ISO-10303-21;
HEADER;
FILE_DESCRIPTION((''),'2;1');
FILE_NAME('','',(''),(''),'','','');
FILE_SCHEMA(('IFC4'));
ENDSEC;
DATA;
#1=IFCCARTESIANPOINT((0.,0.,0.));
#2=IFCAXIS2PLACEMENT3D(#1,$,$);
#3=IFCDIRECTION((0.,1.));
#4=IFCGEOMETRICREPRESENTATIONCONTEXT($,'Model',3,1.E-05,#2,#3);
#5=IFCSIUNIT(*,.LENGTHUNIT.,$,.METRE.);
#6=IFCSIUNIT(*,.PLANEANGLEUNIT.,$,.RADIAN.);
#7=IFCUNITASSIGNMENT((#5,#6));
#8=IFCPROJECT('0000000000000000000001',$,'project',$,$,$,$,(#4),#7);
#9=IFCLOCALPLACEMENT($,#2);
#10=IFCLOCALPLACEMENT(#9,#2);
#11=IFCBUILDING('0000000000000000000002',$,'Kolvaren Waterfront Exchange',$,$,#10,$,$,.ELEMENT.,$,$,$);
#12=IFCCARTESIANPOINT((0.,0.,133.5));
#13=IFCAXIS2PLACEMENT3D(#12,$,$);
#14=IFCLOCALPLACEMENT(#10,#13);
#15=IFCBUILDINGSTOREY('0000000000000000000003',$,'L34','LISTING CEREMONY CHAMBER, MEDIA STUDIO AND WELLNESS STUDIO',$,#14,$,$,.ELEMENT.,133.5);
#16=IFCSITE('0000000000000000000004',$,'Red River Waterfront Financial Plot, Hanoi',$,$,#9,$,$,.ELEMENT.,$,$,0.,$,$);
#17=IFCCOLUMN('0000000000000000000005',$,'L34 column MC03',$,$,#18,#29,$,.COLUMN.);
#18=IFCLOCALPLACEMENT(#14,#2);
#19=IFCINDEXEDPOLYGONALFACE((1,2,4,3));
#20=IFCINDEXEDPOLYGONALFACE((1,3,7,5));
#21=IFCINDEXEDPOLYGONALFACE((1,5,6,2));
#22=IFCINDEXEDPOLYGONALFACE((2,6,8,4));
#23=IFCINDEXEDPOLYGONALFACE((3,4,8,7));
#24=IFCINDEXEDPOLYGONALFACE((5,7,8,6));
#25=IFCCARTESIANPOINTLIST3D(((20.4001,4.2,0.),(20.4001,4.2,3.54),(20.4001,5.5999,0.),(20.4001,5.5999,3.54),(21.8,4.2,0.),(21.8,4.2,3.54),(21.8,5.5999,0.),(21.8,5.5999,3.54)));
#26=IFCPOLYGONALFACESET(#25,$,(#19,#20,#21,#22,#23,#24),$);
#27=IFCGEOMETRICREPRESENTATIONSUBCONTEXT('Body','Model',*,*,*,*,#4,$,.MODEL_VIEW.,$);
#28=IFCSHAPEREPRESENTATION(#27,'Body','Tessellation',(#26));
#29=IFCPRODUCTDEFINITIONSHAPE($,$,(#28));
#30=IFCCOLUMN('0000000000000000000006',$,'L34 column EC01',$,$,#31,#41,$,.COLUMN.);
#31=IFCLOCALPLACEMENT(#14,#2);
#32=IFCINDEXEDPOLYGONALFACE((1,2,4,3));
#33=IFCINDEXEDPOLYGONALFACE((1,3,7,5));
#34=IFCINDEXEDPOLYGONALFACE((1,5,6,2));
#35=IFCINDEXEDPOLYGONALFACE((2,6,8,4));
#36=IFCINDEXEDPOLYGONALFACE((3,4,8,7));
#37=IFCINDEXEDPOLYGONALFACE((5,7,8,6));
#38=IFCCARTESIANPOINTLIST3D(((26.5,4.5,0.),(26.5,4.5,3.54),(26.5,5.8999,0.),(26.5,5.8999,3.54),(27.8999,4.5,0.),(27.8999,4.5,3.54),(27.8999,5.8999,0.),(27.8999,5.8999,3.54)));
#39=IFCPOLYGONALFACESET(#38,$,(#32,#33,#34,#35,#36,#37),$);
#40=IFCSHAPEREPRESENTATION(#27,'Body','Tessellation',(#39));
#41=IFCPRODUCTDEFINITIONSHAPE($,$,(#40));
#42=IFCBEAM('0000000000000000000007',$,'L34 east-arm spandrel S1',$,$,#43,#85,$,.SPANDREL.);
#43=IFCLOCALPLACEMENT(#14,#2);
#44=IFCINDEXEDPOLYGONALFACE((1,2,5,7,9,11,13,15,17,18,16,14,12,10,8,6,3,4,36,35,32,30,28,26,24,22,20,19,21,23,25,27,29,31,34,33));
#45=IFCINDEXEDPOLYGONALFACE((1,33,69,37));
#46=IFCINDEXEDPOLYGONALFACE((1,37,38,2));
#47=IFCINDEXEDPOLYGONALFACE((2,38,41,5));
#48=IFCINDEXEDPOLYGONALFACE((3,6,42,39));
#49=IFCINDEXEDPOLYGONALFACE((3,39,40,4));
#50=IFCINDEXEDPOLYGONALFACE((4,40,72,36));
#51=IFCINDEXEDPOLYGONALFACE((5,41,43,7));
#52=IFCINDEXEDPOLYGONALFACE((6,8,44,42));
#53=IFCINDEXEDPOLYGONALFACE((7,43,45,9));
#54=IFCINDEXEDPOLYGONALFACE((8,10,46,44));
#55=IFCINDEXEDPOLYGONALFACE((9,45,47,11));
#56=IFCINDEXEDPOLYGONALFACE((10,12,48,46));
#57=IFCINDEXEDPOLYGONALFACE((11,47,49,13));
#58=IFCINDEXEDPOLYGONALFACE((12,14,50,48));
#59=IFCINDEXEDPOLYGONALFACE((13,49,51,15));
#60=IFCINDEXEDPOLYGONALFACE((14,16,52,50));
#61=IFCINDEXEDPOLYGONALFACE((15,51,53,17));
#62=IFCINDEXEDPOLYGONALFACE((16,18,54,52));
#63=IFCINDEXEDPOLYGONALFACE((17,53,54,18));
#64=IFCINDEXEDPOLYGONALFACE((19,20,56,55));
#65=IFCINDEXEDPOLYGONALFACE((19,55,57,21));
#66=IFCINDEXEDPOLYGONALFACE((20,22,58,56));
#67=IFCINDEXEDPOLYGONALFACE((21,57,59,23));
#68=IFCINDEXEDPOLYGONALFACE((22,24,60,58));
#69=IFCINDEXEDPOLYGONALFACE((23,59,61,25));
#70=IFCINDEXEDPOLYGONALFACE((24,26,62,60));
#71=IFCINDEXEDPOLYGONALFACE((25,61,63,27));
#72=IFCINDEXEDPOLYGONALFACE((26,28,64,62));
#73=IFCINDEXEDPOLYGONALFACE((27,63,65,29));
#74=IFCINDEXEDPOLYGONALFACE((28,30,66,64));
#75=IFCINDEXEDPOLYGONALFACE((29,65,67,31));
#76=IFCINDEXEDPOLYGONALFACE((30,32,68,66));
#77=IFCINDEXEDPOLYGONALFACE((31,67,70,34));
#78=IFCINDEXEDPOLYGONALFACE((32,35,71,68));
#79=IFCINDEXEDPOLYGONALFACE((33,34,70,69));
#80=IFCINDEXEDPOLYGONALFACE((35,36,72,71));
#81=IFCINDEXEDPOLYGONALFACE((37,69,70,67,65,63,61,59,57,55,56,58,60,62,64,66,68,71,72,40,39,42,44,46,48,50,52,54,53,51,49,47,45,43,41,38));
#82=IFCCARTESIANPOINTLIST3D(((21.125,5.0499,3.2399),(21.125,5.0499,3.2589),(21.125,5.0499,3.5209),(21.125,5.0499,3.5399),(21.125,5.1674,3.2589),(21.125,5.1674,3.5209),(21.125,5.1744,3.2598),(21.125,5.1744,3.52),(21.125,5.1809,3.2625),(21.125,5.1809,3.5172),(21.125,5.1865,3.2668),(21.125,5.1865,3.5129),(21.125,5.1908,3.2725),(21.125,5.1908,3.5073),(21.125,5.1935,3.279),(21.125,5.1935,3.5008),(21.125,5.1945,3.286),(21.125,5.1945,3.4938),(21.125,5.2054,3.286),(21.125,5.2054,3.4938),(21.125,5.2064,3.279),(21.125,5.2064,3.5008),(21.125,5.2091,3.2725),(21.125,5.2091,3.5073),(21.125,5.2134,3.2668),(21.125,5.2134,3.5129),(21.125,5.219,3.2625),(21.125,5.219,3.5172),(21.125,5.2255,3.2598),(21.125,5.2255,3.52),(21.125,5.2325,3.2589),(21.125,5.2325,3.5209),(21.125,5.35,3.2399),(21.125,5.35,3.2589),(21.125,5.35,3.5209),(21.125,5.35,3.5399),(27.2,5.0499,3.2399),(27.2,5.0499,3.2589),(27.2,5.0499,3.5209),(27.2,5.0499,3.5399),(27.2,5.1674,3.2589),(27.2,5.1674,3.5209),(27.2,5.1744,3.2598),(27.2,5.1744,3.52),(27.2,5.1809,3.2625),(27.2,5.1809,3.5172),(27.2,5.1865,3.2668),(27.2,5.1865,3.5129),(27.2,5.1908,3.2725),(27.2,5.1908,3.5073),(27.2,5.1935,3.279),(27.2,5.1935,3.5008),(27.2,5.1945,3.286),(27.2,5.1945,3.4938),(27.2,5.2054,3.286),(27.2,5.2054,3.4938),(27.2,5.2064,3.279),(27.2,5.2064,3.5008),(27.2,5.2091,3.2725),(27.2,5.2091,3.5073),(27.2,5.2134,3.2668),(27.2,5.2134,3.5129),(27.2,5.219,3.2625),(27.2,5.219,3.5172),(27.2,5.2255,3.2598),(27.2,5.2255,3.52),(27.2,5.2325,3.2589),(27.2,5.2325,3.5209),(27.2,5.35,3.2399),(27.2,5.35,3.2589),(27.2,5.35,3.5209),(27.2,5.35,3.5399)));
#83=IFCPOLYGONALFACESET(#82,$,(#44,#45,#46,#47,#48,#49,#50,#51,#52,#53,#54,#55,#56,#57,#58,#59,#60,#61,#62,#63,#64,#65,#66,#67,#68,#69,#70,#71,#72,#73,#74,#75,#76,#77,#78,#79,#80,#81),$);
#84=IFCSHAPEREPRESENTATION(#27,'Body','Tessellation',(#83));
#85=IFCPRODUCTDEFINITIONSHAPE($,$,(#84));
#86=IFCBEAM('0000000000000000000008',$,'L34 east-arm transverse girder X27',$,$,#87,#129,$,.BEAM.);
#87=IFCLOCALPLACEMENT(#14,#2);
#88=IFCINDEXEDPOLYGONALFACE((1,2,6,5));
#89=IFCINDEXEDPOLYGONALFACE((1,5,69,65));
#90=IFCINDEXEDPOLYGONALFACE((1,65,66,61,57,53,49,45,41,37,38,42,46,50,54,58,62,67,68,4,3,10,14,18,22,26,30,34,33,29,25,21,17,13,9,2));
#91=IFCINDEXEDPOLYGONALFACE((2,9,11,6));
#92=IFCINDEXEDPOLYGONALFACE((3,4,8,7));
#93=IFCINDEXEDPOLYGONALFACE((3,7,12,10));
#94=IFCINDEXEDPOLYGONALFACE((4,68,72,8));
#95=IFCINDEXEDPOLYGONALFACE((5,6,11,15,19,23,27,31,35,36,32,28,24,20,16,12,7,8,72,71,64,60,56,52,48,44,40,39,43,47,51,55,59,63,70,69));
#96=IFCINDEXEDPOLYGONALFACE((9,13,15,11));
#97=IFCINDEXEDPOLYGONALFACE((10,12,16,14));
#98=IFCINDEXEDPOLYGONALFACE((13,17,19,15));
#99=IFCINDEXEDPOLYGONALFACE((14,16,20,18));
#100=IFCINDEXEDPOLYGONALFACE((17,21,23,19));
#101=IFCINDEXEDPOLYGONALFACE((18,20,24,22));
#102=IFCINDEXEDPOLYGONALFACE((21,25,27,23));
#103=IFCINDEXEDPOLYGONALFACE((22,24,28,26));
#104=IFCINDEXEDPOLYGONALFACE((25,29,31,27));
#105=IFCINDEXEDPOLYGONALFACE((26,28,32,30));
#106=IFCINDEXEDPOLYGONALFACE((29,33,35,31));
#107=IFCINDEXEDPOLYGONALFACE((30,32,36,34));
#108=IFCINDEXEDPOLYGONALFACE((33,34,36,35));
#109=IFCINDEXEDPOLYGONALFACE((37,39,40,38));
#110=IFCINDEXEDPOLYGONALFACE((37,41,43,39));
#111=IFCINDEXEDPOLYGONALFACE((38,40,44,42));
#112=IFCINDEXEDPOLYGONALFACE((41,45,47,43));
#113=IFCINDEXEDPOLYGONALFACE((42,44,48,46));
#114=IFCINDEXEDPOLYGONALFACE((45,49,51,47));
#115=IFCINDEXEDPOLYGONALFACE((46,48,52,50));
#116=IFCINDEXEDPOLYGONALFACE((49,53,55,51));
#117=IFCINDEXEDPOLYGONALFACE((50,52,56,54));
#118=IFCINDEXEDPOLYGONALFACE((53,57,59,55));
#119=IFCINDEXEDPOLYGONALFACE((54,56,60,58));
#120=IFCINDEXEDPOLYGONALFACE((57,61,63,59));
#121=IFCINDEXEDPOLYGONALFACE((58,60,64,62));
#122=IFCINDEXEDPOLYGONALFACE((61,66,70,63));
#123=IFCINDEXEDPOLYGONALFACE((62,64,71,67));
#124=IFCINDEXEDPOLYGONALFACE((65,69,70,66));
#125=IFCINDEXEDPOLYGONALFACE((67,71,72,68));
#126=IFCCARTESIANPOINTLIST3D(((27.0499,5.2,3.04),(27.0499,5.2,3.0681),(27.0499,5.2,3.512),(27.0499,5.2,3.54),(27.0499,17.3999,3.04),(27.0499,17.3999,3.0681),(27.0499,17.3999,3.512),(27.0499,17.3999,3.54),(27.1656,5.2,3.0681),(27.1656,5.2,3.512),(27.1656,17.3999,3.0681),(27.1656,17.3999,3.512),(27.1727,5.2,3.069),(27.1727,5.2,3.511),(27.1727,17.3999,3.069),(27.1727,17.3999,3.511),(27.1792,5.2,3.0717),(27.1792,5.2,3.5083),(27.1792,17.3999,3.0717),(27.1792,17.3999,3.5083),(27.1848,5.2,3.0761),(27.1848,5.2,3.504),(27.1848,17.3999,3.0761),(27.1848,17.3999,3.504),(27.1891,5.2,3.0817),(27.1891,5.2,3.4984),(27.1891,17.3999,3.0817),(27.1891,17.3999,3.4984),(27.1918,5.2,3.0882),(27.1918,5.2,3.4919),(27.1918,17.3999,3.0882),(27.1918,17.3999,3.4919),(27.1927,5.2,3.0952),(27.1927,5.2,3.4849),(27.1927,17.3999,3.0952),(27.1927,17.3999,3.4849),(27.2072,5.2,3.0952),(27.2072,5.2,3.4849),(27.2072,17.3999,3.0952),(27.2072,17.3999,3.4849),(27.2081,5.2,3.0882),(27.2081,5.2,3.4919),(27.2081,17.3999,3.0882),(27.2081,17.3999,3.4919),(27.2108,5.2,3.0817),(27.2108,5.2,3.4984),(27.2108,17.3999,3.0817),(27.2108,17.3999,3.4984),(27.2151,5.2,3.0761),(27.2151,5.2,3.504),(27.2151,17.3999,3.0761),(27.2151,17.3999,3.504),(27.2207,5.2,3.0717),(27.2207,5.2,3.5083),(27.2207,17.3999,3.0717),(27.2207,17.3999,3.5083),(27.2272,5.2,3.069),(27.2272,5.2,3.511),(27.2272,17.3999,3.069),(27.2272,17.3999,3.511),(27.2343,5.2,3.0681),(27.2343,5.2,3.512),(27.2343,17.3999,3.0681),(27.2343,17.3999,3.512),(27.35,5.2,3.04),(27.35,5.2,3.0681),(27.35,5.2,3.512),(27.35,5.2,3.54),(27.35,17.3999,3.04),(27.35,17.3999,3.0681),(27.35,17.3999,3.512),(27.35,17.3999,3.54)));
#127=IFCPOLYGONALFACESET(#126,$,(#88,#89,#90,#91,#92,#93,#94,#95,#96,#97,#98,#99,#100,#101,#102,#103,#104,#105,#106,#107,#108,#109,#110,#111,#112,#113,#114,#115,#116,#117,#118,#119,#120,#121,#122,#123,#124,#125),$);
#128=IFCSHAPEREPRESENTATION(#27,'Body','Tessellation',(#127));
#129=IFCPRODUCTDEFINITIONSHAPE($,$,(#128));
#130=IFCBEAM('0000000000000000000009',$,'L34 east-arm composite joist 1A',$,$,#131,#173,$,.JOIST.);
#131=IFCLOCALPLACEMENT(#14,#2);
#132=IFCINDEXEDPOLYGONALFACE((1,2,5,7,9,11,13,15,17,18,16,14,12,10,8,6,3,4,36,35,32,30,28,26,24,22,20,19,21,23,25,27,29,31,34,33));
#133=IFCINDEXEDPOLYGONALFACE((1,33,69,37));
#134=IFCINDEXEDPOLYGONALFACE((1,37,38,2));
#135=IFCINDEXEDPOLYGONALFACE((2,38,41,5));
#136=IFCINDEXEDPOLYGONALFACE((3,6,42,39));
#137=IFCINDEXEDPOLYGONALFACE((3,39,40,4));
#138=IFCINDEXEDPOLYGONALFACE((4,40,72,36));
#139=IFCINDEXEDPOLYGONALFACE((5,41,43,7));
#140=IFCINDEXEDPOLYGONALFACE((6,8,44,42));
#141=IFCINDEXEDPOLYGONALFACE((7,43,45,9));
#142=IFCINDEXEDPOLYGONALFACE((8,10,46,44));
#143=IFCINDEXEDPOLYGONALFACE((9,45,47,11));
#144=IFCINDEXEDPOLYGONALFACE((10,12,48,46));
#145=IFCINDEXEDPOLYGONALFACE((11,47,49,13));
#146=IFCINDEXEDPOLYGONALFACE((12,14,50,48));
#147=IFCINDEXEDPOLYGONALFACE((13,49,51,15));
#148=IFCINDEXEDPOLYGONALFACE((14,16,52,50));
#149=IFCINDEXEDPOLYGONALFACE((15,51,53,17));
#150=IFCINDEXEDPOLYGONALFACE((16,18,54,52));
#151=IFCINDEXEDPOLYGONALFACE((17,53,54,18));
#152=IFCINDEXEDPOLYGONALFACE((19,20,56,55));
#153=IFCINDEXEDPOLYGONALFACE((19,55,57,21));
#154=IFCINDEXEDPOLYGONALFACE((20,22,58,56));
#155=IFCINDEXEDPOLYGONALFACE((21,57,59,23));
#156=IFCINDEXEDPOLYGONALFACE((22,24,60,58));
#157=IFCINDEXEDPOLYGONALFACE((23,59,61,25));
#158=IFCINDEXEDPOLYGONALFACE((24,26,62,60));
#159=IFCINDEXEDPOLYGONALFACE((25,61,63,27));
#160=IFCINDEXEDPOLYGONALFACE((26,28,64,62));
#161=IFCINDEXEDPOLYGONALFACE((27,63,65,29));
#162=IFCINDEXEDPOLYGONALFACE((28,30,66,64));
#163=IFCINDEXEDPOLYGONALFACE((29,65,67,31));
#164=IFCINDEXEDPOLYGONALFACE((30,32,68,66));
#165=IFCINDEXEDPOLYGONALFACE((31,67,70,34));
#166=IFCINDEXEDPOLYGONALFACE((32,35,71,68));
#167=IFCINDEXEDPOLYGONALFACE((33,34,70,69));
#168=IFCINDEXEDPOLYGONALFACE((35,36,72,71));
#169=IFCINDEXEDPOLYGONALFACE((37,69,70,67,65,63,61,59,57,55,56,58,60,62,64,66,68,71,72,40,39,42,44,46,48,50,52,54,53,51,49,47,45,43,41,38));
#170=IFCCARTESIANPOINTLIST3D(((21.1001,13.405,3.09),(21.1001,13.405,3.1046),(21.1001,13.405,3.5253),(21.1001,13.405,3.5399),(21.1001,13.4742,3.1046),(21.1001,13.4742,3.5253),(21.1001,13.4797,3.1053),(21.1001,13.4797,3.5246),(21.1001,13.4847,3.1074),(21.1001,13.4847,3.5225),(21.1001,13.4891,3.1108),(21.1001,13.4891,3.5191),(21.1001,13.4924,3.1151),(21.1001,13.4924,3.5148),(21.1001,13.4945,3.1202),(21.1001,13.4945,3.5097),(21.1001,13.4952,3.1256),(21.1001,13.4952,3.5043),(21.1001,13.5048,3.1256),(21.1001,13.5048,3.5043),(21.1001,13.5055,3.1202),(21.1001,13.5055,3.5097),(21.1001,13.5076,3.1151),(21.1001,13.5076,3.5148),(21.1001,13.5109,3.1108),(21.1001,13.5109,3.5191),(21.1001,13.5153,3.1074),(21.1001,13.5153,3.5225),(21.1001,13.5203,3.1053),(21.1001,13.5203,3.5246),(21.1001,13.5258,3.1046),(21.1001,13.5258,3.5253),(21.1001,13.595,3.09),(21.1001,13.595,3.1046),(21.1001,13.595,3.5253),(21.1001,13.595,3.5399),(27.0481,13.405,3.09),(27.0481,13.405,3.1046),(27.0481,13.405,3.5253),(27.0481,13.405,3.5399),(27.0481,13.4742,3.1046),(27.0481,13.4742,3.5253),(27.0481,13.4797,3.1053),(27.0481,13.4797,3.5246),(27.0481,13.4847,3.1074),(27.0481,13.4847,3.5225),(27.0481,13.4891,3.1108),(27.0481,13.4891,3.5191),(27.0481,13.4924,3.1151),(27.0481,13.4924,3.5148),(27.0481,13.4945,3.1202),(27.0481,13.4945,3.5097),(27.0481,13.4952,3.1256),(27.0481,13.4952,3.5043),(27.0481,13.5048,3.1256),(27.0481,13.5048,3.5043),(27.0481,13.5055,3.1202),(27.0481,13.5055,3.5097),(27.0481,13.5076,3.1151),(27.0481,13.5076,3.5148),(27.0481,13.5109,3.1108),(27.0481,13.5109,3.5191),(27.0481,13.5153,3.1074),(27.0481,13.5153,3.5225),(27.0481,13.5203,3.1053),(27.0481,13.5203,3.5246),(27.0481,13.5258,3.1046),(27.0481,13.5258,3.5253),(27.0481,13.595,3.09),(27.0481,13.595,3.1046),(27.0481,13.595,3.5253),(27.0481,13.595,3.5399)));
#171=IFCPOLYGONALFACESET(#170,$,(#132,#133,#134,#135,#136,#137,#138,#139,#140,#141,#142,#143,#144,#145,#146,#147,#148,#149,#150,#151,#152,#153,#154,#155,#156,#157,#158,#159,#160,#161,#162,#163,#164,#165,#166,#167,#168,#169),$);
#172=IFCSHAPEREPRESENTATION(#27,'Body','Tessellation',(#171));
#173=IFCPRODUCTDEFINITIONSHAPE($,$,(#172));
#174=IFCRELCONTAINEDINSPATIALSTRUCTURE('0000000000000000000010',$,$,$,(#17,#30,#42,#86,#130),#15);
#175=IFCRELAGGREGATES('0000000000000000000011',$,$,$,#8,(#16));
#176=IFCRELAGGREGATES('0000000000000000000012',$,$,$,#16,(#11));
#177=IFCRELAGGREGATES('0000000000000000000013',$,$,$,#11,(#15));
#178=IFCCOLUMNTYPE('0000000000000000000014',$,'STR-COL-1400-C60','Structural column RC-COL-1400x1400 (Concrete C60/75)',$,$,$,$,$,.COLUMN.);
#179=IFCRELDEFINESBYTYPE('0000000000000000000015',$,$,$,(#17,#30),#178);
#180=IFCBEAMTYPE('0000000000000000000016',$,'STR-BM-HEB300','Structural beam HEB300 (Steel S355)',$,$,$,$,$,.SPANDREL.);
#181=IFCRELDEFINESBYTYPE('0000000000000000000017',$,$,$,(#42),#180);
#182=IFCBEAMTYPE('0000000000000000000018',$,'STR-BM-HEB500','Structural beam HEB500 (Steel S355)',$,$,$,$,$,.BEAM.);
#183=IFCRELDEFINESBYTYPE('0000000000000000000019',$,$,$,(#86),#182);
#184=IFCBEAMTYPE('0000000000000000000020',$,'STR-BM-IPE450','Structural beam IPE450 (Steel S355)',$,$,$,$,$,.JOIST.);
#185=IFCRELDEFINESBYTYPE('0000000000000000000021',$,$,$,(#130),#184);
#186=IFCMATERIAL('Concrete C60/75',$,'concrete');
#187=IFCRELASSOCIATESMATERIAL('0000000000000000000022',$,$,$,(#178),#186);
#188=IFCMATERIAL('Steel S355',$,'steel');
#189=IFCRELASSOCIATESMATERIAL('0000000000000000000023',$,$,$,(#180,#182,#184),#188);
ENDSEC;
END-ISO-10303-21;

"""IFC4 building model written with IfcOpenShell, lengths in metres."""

from ifc_helpers import new_model, si_unit, direction, frame, origin, origin_2d, place, context, subcontext, project, spatial, rectangle, i_section, extrude, material, material_profile, profile_set, type_object, element, save


model = new_model("IFC4")

# Units and contexts
model_context = context("Model", 3, precision=1e-05, world=origin(), true_north=direction((0.0, 1.0)))
body_context = subcontext(model_context, "Body", "Model", "MODEL_VIEW")
ifc_project = project(units=[si_unit("LENGTHUNIT", "METRE"), si_unit("PLANEANGLEUNIT", "RADIAN")], contexts=[model_context])

# Site, building, storey
site_placement = place(None, origin())
site = spatial("IfcSite", under=ifc_project, at=site_placement, Name="Red River Waterfront Financial Plot, Hanoi", CompositionType="ELEMENT", RefElevation=0.0)
building_placement = place(site_placement, origin())
building = spatial("IfcBuilding", under=site, at=building_placement, Name="Kolvaren Waterfront Exchange", CompositionType="ELEMENT")
storey_placement = place(building_placement, frame((0.0, 0.0, 133.5)))
storey = spatial("IfcBuildingStorey", under=building, at=storey_placement, Name="L34", Description="LISTING CEREMONY CHAMBER, MEDIA STUDIO AND WELLNESS STUDIO", CompositionType="ELEMENT", Elevation=133.5)

# Columns
ifc_material_1 = material(Name="Concrete C60/75", Category="concrete")
ifc_material_profile_1 = material_profile(ifc_material_1, rectangle(XDim=1.3999, YDim=1.3999, at=origin_2d()), Name="RC-COL-1400x1400")
ifc_profile_set_1 = profile_set([ifc_material_profile_1], Name="Concrete C60/75")
column_type = type_object("IfcColumnType", Name="STR-COL-1400-C60", Description="Structural column RC-COL-1400x1400 (Concrete C60/75)", PredefinedType="COLUMN", material=ifc_profile_set_1)
for number, where, z_axis, x_axis, name in (
    (1, (21.1001, 4.8999, 0.0), (0.0, 0.0, 1.0), (1.0, 0.0, 0.0), "L34 column MC03"),
    (2, (27.2, 5.2, 0.0), (0.0, 0.0, 1.0), (1.0, 0.0, 0.0), "L34 column EC01"),
):
    element("IfcColumn", number, at=place(storey_placement, frame(where, z_axis=z_axis, x_axis=x_axis)), inside=storey, type_object=column_type, Name=name, PredefinedType="COLUMN", context=body_context, shape_type="SweptSolid", body=[
        extrude(rectangle(XDim=1.3999, YDim=1.3999, at=origin_2d()), origin(), (0.0, 0.0, 1.0), 3.54),
    ])

# Beams
ifc_material_2 = material(Name="Steel S355", Category="steel")
ifc_material_profile_2 = material_profile(ifc_material_2, i_section(OverallWidth=0.3, OverallDepth=0.3, WebThickness=0.011, FlangeThickness=0.019, FilletRadius=0.0271, at=origin_2d()), Name="HEB300")
ifc_profile_set_2 = profile_set([ifc_material_profile_2], Name="Steel S355")
beam_type_1 = type_object("IfcBeamType", Name="STR-BM-HEB300", Description="Structural beam HEB300 (Steel S355)", PredefinedType="SPANDREL", material=ifc_profile_set_2)
beam_1_placement = place(storey_placement, frame((21.125, 5.2, 3.3899), z_axis=(1.0, 0.0, 0.0), x_axis=(0.0, 1.0, 0.0)))
element("IfcBeam", 3, at=beam_1_placement, inside=storey, type_object=beam_type_1, Name="L34 east-arm spandrel S1", PredefinedType="SPANDREL", context=body_context, shape_type="SweptSolid", body=[
    extrude(i_section(OverallWidth=0.3, OverallDepth=0.3, WebThickness=0.011, FlangeThickness=0.019, FilletRadius=0.0271, at=origin_2d()), origin(), (0.0, 0.0, 1.0), 6.075),
])
ifc_material_profile_3 = material_profile(ifc_material_2, i_section(OverallWidth=0.3, OverallDepth=0.5, WebThickness=0.0144, FlangeThickness=0.0281, FilletRadius=0.0271, at=origin_2d()), Name="HEB500")
ifc_profile_set_3 = profile_set([ifc_material_profile_3], Name="Steel S355")
beam_type_2 = type_object("IfcBeamType", Name="STR-BM-HEB500", Description="Structural beam HEB500 (Steel S355)", PredefinedType="BEAM", material=ifc_profile_set_3)
beam_2_placement = place(storey_placement, frame((27.2, 5.2, 3.29), z_axis=(0.0, 1.0, 0.0), x_axis=(-1.0, 0.0, 0.0)))
element("IfcBeam", 4, at=beam_2_placement, inside=storey, type_object=beam_type_2, Name="L34 east-arm transverse girder X27", PredefinedType="BEAM", context=body_context, shape_type="SweptSolid", body=[
    extrude(i_section(OverallWidth=0.3, OverallDepth=0.5, WebThickness=0.0144, FlangeThickness=0.0281, FilletRadius=0.0271, at=origin_2d()), origin(), (0.0, 0.0, 1.0), 12.2),
])
ifc_material_profile_4 = material_profile(ifc_material_2, i_section(OverallWidth=0.1899, OverallDepth=0.45, WebThickness=0.0095, FlangeThickness=0.0146, FilletRadius=0.021, at=origin_2d()), Name="IPE450")
ifc_profile_set_4 = profile_set([ifc_material_profile_4], Name="Steel S355")
beam_type_3 = type_object("IfcBeamType", Name="STR-BM-IPE450", Description="Structural beam IPE450 (Steel S355)", PredefinedType="JOIST", material=ifc_profile_set_4)
beam_3_placement = place(storey_placement, frame((21.1001, 13.5, 3.3149), z_axis=(1.0, 0.0, 0.0), x_axis=(0.0, 1.0, 0.0)))
element("IfcBeam", 5, at=beam_3_placement, inside=storey, type_object=beam_type_3, Name="L34 east-arm composite joist 1A", PredefinedType="JOIST", context=body_context, shape_type="SweptSolid", body=[
    extrude(i_section(OverallWidth=0.1899, OverallDepth=0.45, WebThickness=0.0095, FlangeThickness=0.0146, FilletRadius=0.021, at=origin_2d()), origin(), (0.0, 0.0, 1.0), 5.948),
])

save(model, "model.ifc")
